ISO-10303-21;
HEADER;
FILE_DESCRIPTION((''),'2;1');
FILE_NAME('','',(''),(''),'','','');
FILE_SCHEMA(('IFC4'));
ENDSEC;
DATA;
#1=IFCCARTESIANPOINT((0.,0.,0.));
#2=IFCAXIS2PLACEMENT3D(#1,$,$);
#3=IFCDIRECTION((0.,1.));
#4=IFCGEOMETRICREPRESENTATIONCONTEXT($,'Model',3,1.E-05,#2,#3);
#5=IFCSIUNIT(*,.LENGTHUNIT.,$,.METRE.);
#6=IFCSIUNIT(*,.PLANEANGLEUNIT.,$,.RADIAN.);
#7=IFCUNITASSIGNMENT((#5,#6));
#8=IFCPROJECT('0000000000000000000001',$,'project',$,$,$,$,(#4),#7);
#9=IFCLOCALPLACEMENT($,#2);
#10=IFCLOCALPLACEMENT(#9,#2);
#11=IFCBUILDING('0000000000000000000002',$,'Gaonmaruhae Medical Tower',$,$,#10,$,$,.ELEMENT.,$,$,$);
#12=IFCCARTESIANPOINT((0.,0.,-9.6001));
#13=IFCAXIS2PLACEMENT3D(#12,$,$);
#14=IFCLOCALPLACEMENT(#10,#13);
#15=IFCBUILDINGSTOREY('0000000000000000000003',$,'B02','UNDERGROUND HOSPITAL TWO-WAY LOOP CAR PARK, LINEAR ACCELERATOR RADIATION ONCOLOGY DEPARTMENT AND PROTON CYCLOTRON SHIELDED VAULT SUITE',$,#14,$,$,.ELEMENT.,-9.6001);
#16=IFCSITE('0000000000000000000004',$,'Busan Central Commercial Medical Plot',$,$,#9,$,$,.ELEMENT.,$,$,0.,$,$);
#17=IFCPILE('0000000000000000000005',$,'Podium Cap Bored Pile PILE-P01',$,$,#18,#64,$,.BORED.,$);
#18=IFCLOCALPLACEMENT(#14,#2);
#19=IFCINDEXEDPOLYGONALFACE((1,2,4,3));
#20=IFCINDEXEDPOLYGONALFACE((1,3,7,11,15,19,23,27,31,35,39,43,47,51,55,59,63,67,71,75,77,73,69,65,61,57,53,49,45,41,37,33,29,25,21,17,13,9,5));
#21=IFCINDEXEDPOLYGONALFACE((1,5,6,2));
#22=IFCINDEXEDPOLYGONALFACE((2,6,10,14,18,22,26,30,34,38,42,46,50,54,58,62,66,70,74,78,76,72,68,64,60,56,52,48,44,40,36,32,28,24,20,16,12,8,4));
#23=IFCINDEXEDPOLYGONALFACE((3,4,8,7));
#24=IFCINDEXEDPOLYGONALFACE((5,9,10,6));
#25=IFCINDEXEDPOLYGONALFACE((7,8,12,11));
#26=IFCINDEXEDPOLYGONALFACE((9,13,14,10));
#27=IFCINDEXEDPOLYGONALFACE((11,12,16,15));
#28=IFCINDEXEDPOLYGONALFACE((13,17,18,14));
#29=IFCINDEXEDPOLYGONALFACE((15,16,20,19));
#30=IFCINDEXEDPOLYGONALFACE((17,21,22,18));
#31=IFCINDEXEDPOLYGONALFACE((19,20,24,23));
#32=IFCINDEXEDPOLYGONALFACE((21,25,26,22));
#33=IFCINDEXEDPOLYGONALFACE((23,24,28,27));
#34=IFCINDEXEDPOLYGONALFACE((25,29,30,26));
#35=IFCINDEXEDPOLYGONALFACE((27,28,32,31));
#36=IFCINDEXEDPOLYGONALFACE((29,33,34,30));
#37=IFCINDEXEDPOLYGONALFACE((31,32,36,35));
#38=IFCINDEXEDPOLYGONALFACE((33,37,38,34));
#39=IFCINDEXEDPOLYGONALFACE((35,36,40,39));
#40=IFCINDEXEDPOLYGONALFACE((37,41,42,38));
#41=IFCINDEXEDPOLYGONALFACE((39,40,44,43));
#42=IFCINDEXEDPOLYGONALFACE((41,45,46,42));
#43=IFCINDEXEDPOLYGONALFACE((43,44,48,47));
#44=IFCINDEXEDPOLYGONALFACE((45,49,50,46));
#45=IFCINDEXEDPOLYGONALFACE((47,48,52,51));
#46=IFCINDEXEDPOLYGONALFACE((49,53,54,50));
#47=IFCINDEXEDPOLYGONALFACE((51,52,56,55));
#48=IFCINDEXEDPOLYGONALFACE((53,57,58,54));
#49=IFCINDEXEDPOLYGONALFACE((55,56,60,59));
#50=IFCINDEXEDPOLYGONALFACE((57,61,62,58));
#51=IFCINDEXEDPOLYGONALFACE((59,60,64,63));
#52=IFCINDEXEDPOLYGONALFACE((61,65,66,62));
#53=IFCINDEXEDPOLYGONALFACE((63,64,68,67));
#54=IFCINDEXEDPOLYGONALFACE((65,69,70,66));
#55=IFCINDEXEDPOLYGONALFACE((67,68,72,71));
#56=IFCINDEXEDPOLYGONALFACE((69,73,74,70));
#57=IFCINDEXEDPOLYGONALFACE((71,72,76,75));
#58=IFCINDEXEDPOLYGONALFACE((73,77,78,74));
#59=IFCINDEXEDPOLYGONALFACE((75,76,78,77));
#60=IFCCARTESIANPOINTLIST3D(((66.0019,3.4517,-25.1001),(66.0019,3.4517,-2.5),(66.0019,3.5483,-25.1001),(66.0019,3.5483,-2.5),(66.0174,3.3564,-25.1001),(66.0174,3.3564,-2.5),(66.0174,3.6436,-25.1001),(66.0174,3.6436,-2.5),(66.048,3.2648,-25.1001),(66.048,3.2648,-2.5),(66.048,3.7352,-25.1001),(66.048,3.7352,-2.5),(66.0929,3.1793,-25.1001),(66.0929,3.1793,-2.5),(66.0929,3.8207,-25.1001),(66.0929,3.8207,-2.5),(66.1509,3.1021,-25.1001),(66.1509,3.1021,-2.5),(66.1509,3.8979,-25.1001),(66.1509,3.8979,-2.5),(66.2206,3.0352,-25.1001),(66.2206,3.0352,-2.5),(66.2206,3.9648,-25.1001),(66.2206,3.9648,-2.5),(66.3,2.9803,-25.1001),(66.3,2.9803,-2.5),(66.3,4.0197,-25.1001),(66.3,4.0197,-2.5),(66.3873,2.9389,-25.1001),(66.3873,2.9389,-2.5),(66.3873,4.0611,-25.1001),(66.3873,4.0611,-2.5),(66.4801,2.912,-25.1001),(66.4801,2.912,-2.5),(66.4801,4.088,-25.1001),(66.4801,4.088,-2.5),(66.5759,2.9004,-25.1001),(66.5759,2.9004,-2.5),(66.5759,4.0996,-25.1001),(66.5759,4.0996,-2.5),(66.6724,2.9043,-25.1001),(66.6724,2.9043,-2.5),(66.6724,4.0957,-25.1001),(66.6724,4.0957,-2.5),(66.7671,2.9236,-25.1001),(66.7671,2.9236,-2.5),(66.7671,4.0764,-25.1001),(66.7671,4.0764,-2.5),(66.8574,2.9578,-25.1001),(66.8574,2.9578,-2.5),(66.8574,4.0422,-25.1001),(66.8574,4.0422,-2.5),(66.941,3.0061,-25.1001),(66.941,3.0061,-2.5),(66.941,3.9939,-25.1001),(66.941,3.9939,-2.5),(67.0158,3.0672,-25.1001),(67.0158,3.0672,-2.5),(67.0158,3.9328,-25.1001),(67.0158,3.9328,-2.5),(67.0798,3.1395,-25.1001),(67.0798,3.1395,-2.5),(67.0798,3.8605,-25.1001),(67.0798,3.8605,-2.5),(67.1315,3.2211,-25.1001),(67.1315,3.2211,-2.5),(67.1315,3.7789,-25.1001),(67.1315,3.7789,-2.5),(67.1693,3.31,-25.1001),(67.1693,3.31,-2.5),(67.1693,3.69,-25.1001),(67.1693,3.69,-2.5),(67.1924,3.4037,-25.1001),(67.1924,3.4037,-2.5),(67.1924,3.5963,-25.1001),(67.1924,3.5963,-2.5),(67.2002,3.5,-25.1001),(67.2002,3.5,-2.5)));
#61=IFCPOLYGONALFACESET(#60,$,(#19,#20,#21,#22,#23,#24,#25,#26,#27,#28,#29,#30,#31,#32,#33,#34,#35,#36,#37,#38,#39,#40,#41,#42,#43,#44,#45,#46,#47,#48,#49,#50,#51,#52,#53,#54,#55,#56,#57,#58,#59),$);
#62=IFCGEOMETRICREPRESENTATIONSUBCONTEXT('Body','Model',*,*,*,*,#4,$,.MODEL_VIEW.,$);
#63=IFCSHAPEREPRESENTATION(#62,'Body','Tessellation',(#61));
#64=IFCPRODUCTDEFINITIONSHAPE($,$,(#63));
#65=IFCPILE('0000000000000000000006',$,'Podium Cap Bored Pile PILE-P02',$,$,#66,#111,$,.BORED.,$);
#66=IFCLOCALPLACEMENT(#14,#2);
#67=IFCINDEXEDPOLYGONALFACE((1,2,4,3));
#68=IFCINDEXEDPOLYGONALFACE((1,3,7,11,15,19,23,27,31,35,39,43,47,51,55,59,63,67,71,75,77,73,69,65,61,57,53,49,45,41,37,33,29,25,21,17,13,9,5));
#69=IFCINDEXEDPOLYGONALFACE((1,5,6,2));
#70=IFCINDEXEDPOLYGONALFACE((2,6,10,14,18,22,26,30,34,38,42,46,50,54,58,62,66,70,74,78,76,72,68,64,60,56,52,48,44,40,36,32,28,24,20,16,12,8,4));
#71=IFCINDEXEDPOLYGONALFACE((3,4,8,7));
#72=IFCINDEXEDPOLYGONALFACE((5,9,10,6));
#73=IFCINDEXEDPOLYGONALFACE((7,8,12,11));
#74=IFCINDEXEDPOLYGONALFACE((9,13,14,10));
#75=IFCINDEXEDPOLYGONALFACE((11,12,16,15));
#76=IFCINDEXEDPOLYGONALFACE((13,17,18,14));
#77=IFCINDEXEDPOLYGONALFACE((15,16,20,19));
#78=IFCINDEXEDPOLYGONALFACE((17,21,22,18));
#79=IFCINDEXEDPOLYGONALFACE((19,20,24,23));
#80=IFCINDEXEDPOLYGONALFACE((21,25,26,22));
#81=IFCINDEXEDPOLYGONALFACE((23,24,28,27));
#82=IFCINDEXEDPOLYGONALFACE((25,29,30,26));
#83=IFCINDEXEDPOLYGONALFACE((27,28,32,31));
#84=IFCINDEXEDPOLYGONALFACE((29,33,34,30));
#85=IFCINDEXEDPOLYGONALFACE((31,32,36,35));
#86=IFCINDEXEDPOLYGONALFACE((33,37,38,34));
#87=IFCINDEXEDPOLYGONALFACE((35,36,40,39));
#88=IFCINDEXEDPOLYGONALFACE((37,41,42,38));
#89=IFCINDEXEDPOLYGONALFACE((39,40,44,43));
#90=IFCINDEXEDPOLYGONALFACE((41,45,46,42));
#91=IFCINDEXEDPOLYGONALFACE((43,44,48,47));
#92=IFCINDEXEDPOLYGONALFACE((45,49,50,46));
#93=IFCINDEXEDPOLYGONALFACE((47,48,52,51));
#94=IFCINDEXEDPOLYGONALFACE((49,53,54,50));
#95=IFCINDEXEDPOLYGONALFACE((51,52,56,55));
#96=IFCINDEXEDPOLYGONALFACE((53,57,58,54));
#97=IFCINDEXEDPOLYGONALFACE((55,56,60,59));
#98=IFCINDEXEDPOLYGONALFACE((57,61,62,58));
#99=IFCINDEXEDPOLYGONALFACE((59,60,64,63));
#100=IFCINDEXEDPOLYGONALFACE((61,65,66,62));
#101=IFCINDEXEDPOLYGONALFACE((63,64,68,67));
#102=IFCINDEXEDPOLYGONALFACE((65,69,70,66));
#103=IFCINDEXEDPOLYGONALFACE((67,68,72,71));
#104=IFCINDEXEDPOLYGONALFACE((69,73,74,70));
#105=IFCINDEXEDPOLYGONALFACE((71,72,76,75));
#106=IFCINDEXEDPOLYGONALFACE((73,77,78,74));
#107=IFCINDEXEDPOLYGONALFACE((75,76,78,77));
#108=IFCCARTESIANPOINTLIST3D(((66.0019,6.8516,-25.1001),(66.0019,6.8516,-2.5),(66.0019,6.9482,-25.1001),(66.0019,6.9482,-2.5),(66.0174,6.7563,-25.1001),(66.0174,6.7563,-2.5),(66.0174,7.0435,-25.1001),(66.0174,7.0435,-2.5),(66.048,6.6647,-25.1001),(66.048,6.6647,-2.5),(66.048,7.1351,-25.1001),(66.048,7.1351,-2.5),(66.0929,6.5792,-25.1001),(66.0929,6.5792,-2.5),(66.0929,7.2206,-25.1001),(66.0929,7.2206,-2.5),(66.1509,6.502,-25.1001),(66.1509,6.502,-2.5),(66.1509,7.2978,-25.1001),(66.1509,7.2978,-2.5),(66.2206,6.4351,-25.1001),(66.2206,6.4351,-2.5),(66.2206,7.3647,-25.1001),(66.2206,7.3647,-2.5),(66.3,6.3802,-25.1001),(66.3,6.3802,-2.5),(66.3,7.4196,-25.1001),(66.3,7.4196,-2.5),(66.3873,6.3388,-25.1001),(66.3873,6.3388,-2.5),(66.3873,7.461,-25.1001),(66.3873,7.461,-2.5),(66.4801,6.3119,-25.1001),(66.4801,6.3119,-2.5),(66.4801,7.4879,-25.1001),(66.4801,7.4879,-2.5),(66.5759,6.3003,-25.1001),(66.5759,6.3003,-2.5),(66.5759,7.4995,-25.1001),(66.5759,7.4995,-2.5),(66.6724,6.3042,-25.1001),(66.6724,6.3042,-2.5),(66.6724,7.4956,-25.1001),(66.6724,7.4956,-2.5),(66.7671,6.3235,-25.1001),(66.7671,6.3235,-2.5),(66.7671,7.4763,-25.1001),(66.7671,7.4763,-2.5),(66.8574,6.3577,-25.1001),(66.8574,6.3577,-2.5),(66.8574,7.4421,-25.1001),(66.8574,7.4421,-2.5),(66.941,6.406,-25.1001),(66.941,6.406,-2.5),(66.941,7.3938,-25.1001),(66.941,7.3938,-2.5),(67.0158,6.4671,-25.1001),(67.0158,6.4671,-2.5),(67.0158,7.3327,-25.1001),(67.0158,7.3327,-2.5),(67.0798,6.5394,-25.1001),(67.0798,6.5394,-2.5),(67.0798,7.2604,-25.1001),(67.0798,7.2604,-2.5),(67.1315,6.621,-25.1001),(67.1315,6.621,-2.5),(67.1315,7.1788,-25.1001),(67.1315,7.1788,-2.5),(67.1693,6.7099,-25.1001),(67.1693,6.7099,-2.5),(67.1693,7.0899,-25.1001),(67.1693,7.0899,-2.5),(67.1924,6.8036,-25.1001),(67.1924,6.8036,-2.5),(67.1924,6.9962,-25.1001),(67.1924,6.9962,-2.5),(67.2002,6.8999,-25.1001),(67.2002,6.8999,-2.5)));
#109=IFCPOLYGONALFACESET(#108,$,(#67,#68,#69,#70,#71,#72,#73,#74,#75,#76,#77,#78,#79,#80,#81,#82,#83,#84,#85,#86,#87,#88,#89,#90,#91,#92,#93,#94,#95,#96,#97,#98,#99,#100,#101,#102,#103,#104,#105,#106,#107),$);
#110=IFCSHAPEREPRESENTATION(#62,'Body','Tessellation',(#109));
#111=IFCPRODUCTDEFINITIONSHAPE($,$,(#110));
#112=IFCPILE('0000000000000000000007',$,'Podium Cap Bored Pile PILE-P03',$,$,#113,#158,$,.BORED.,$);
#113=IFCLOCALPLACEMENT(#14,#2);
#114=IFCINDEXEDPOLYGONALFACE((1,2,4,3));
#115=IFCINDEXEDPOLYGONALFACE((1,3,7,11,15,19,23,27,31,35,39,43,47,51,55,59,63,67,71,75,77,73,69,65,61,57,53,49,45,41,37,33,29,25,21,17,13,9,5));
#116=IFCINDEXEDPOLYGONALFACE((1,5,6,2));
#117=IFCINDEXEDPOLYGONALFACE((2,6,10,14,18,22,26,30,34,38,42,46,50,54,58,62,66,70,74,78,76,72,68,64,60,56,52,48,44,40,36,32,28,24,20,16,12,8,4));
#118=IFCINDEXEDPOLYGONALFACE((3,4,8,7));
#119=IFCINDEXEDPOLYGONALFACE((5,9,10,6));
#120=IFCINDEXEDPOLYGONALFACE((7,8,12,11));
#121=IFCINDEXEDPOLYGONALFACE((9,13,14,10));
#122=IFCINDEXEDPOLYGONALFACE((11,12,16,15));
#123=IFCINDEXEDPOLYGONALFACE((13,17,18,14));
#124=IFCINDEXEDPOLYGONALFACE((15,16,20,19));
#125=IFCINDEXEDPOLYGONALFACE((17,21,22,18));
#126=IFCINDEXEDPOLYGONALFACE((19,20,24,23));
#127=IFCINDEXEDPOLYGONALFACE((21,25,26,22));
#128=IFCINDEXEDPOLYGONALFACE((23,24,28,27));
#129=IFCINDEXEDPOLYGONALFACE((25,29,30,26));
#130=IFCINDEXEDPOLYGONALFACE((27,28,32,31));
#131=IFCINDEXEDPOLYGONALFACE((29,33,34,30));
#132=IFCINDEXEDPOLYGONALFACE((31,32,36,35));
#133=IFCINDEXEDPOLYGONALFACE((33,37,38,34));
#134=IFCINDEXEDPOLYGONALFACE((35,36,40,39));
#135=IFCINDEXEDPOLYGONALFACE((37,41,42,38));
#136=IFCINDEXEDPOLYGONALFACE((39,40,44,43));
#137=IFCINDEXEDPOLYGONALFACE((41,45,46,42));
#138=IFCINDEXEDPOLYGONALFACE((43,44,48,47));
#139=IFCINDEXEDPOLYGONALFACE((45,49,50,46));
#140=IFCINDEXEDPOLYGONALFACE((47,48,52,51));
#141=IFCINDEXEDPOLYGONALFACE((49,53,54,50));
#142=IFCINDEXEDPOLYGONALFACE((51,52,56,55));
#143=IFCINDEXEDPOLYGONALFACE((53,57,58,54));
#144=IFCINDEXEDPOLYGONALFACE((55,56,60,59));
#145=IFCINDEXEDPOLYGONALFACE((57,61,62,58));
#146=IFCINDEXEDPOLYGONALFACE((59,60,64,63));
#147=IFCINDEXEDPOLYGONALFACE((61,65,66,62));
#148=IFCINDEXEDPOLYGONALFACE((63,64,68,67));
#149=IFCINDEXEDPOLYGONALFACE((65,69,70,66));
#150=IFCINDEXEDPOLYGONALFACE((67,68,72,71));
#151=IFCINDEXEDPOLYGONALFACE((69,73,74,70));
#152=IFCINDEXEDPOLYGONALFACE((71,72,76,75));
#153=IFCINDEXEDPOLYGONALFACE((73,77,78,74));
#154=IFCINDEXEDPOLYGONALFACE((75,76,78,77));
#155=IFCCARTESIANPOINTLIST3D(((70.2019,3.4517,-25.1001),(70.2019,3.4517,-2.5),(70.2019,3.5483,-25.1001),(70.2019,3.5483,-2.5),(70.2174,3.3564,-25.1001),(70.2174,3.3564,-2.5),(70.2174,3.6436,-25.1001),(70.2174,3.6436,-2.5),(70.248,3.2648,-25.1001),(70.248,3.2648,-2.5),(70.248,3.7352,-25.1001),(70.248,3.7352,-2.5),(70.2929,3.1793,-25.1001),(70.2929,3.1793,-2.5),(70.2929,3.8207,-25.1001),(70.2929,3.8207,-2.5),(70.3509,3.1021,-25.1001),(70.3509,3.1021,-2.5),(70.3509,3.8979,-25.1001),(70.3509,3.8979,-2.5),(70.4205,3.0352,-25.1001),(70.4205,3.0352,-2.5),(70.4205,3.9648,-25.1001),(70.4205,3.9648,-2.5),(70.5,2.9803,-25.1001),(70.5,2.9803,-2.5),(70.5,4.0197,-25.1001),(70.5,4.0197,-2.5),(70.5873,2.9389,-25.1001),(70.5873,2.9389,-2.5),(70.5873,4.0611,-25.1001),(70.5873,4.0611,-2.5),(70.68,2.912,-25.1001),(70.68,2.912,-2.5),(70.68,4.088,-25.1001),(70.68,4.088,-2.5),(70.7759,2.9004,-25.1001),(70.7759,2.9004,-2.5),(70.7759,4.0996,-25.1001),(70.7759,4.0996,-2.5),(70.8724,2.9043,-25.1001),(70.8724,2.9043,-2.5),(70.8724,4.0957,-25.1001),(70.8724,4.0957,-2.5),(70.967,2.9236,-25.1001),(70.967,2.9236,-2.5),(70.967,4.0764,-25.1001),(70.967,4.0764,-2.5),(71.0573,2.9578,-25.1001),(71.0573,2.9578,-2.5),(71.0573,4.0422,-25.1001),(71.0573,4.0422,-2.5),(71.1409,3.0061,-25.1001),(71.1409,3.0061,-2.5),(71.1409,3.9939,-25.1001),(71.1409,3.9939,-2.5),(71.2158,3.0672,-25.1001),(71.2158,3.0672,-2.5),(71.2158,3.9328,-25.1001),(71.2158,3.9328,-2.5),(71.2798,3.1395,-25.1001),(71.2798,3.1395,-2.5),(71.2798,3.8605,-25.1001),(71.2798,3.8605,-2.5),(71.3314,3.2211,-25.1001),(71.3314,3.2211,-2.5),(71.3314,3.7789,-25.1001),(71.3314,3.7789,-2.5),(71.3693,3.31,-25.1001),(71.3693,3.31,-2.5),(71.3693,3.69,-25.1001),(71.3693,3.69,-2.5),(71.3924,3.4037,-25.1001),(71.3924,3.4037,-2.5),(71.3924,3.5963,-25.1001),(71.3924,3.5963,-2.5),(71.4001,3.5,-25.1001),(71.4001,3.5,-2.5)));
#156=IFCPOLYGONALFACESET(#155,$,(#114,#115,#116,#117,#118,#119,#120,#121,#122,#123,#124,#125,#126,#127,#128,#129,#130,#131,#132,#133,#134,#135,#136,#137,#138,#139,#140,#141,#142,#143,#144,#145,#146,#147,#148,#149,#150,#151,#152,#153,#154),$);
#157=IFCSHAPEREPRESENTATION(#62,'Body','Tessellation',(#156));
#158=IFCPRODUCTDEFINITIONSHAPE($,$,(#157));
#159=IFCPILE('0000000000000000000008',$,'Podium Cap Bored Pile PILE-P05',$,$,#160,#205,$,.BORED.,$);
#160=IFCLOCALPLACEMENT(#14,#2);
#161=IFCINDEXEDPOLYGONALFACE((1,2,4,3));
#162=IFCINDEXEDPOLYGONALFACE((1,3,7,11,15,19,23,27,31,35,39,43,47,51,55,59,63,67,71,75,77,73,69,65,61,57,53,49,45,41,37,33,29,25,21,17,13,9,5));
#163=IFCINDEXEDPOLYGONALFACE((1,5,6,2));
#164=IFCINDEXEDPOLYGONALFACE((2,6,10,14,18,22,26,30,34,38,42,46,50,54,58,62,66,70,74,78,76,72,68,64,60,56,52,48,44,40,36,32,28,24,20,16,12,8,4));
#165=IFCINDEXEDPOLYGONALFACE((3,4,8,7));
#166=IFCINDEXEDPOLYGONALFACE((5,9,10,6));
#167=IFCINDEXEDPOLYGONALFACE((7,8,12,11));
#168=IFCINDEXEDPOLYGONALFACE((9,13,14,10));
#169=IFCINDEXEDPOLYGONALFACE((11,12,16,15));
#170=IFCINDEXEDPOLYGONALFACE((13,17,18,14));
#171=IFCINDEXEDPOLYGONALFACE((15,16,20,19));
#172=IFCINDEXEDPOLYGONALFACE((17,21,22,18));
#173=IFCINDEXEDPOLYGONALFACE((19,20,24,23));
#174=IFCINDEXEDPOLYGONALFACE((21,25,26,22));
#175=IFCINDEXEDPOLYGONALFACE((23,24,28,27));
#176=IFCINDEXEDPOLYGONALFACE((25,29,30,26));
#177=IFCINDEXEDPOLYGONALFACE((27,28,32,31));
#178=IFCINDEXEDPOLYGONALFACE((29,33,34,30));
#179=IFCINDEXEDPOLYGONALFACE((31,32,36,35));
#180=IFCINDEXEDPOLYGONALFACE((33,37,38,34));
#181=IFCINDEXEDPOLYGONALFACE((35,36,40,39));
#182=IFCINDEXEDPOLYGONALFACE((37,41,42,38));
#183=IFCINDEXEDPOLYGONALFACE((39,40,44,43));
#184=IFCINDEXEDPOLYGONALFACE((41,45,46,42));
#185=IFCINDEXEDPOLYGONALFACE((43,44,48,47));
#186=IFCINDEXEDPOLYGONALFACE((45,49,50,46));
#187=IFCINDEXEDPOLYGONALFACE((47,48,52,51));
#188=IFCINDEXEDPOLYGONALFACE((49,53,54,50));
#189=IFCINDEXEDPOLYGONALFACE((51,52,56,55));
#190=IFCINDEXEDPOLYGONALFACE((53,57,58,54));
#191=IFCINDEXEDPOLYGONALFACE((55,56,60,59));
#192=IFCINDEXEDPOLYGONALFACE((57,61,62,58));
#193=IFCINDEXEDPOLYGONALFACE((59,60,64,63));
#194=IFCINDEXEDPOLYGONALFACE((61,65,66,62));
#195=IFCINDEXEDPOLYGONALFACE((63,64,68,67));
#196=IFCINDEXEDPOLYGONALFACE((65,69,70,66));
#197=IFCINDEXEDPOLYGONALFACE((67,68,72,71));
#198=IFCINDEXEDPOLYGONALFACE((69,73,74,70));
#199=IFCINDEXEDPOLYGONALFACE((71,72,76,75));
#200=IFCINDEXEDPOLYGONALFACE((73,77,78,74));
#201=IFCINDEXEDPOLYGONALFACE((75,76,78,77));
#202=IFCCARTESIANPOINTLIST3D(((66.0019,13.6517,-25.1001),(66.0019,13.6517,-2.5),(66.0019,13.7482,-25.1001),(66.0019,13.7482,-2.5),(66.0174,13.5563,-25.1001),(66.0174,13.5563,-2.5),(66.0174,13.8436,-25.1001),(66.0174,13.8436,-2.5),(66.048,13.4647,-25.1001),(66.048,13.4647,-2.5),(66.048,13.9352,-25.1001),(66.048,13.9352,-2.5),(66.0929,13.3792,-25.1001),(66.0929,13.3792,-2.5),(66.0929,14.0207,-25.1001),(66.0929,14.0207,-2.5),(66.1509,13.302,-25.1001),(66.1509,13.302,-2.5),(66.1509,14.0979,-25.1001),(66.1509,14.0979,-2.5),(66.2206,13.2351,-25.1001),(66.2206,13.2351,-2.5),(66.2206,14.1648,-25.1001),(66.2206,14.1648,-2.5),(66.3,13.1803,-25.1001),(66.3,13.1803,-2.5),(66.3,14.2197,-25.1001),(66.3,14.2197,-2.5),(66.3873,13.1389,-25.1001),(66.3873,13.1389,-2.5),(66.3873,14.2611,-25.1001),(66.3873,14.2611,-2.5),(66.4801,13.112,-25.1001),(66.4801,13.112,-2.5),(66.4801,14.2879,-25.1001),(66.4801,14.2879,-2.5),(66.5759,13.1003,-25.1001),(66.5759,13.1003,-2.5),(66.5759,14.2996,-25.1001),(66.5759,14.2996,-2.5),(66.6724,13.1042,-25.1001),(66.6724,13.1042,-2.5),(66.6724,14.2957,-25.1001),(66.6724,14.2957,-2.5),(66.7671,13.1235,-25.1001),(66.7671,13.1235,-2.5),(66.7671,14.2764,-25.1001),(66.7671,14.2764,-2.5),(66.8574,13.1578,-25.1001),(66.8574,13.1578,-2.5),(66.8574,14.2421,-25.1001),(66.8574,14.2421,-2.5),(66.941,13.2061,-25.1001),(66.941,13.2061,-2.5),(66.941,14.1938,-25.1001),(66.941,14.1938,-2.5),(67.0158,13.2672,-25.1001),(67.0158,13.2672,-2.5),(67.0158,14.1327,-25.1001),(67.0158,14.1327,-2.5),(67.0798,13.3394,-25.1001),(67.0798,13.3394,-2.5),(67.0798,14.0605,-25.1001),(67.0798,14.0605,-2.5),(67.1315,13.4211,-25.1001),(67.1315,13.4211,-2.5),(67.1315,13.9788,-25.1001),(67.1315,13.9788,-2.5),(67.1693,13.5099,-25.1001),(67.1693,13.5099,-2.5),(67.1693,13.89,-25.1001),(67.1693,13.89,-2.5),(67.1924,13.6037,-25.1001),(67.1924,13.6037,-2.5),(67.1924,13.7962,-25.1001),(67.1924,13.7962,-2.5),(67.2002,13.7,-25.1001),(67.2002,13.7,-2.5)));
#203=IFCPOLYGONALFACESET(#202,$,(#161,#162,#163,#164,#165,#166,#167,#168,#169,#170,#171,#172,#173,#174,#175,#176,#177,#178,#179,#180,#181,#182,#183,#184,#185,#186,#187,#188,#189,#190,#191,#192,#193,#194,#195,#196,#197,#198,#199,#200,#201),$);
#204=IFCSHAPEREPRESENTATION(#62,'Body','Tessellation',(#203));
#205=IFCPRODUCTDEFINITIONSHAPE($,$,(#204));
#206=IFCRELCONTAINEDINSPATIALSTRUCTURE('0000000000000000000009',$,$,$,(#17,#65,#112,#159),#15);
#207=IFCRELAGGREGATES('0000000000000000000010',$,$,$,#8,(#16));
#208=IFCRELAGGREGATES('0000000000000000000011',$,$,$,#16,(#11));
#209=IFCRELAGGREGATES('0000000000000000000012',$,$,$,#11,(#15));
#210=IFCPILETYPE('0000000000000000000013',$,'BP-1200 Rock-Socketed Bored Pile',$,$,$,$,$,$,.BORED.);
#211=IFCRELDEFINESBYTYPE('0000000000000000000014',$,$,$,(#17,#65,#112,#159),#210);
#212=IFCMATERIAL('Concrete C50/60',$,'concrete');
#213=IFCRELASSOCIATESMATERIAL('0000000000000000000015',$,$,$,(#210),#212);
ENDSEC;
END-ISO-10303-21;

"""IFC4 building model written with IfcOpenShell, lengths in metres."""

from ifc_helpers import new_model, si_unit, direction, frame, origin, origin_2d, place, context, subcontext, project, spatial, circle, extrude, material, material_profile, profile_set, type_object, element, save


model = new_model("IFC4")

# Units and contexts
model_context = context("Model", 3, precision=1e-05, world=origin(), true_north=direction((0.0, 1.0)))
body_context = subcontext(model_context, "Body", "Model", "MODEL_VIEW")
ifc_project = project(units=[si_unit("LENGTHUNIT", "METRE"), si_unit("PLANEANGLEUNIT", "RADIAN")], contexts=[model_context])

# Site, building, storey
site_placement = place(None, origin())
site = spatial("IfcSite", under=ifc_project, at=site_placement, Name="Busan Central Commercial Medical Plot", CompositionType="ELEMENT", RefElevation=0.0)
building_placement = place(site_placement, origin())
building = spatial("IfcBuilding", under=site, at=building_placement, Name="Gaonmaruhae Medical Tower", CompositionType="ELEMENT")
storey_placement = place(building_placement, frame((0.0, 0.0, -9.6001)))
storey = spatial("IfcBuildingStorey", under=building, at=storey_placement, Name="B02", Description="UNDERGROUND HOSPITAL TWO-WAY LOOP CAR PARK, LINEAR ACCELERATOR RADIATION ONCOLOGY DEPARTMENT AND PROTON CYCLOTRON SHIELDED VAULT SUITE", CompositionType="ELEMENT", Elevation=-9.6001)

# Piles
ifc_material_1 = material(Name="Concrete C50/60", Category="concrete")
ifc_material_profile_1 = material_profile(ifc_material_1, circle(Radius=0.6001, at=origin_2d()), Name="PILE-D1200")
ifc_profile_set_1 = profile_set([ifc_material_profile_1], Name="Concrete C50/60")
pile_type = type_object("IfcPileType", Name="BP-1200 Rock-Socketed Bored Pile", PredefinedType="BORED", material=ifc_profile_set_1)
for number, where, z_axis, x_axis, name in (
    (1, (66.6001, 3.5, -2.5), (0.0, 0.0, -1.0), (1.0, 0.0, 0.0), "Podium Cap Bored Pile PILE-P01"),
    (2, (66.6001, 6.8999, -2.5), (0.0, 0.0, -1.0), (1.0, 0.0, 0.0), "Podium Cap Bored Pile PILE-P02"),
    (3, (70.8, 3.5, -2.5), (0.0, 0.0, -1.0), (1.0, 0.0, 0.0), "Podium Cap Bored Pile PILE-P03"),
    (4, (66.6001, 13.7, -2.5), (0.0, 0.0, -1.0), (1.0, 0.0, 0.0), "Podium Cap Bored Pile PILE-P05"),
):
    element("IfcPile", number, at=place(storey_placement, frame(where, z_axis=z_axis, x_axis=x_axis)), inside=storey, type_object=pile_type, Name=name, PredefinedType="BORED", context=body_context, shape_type="SweptSolid", body=[
        extrude(circle(Radius=0.6001, at=origin_2d()), origin(), (0.0, 0.0, 1.0), 22.6001),
    ])

save(model, "model.ifc")
